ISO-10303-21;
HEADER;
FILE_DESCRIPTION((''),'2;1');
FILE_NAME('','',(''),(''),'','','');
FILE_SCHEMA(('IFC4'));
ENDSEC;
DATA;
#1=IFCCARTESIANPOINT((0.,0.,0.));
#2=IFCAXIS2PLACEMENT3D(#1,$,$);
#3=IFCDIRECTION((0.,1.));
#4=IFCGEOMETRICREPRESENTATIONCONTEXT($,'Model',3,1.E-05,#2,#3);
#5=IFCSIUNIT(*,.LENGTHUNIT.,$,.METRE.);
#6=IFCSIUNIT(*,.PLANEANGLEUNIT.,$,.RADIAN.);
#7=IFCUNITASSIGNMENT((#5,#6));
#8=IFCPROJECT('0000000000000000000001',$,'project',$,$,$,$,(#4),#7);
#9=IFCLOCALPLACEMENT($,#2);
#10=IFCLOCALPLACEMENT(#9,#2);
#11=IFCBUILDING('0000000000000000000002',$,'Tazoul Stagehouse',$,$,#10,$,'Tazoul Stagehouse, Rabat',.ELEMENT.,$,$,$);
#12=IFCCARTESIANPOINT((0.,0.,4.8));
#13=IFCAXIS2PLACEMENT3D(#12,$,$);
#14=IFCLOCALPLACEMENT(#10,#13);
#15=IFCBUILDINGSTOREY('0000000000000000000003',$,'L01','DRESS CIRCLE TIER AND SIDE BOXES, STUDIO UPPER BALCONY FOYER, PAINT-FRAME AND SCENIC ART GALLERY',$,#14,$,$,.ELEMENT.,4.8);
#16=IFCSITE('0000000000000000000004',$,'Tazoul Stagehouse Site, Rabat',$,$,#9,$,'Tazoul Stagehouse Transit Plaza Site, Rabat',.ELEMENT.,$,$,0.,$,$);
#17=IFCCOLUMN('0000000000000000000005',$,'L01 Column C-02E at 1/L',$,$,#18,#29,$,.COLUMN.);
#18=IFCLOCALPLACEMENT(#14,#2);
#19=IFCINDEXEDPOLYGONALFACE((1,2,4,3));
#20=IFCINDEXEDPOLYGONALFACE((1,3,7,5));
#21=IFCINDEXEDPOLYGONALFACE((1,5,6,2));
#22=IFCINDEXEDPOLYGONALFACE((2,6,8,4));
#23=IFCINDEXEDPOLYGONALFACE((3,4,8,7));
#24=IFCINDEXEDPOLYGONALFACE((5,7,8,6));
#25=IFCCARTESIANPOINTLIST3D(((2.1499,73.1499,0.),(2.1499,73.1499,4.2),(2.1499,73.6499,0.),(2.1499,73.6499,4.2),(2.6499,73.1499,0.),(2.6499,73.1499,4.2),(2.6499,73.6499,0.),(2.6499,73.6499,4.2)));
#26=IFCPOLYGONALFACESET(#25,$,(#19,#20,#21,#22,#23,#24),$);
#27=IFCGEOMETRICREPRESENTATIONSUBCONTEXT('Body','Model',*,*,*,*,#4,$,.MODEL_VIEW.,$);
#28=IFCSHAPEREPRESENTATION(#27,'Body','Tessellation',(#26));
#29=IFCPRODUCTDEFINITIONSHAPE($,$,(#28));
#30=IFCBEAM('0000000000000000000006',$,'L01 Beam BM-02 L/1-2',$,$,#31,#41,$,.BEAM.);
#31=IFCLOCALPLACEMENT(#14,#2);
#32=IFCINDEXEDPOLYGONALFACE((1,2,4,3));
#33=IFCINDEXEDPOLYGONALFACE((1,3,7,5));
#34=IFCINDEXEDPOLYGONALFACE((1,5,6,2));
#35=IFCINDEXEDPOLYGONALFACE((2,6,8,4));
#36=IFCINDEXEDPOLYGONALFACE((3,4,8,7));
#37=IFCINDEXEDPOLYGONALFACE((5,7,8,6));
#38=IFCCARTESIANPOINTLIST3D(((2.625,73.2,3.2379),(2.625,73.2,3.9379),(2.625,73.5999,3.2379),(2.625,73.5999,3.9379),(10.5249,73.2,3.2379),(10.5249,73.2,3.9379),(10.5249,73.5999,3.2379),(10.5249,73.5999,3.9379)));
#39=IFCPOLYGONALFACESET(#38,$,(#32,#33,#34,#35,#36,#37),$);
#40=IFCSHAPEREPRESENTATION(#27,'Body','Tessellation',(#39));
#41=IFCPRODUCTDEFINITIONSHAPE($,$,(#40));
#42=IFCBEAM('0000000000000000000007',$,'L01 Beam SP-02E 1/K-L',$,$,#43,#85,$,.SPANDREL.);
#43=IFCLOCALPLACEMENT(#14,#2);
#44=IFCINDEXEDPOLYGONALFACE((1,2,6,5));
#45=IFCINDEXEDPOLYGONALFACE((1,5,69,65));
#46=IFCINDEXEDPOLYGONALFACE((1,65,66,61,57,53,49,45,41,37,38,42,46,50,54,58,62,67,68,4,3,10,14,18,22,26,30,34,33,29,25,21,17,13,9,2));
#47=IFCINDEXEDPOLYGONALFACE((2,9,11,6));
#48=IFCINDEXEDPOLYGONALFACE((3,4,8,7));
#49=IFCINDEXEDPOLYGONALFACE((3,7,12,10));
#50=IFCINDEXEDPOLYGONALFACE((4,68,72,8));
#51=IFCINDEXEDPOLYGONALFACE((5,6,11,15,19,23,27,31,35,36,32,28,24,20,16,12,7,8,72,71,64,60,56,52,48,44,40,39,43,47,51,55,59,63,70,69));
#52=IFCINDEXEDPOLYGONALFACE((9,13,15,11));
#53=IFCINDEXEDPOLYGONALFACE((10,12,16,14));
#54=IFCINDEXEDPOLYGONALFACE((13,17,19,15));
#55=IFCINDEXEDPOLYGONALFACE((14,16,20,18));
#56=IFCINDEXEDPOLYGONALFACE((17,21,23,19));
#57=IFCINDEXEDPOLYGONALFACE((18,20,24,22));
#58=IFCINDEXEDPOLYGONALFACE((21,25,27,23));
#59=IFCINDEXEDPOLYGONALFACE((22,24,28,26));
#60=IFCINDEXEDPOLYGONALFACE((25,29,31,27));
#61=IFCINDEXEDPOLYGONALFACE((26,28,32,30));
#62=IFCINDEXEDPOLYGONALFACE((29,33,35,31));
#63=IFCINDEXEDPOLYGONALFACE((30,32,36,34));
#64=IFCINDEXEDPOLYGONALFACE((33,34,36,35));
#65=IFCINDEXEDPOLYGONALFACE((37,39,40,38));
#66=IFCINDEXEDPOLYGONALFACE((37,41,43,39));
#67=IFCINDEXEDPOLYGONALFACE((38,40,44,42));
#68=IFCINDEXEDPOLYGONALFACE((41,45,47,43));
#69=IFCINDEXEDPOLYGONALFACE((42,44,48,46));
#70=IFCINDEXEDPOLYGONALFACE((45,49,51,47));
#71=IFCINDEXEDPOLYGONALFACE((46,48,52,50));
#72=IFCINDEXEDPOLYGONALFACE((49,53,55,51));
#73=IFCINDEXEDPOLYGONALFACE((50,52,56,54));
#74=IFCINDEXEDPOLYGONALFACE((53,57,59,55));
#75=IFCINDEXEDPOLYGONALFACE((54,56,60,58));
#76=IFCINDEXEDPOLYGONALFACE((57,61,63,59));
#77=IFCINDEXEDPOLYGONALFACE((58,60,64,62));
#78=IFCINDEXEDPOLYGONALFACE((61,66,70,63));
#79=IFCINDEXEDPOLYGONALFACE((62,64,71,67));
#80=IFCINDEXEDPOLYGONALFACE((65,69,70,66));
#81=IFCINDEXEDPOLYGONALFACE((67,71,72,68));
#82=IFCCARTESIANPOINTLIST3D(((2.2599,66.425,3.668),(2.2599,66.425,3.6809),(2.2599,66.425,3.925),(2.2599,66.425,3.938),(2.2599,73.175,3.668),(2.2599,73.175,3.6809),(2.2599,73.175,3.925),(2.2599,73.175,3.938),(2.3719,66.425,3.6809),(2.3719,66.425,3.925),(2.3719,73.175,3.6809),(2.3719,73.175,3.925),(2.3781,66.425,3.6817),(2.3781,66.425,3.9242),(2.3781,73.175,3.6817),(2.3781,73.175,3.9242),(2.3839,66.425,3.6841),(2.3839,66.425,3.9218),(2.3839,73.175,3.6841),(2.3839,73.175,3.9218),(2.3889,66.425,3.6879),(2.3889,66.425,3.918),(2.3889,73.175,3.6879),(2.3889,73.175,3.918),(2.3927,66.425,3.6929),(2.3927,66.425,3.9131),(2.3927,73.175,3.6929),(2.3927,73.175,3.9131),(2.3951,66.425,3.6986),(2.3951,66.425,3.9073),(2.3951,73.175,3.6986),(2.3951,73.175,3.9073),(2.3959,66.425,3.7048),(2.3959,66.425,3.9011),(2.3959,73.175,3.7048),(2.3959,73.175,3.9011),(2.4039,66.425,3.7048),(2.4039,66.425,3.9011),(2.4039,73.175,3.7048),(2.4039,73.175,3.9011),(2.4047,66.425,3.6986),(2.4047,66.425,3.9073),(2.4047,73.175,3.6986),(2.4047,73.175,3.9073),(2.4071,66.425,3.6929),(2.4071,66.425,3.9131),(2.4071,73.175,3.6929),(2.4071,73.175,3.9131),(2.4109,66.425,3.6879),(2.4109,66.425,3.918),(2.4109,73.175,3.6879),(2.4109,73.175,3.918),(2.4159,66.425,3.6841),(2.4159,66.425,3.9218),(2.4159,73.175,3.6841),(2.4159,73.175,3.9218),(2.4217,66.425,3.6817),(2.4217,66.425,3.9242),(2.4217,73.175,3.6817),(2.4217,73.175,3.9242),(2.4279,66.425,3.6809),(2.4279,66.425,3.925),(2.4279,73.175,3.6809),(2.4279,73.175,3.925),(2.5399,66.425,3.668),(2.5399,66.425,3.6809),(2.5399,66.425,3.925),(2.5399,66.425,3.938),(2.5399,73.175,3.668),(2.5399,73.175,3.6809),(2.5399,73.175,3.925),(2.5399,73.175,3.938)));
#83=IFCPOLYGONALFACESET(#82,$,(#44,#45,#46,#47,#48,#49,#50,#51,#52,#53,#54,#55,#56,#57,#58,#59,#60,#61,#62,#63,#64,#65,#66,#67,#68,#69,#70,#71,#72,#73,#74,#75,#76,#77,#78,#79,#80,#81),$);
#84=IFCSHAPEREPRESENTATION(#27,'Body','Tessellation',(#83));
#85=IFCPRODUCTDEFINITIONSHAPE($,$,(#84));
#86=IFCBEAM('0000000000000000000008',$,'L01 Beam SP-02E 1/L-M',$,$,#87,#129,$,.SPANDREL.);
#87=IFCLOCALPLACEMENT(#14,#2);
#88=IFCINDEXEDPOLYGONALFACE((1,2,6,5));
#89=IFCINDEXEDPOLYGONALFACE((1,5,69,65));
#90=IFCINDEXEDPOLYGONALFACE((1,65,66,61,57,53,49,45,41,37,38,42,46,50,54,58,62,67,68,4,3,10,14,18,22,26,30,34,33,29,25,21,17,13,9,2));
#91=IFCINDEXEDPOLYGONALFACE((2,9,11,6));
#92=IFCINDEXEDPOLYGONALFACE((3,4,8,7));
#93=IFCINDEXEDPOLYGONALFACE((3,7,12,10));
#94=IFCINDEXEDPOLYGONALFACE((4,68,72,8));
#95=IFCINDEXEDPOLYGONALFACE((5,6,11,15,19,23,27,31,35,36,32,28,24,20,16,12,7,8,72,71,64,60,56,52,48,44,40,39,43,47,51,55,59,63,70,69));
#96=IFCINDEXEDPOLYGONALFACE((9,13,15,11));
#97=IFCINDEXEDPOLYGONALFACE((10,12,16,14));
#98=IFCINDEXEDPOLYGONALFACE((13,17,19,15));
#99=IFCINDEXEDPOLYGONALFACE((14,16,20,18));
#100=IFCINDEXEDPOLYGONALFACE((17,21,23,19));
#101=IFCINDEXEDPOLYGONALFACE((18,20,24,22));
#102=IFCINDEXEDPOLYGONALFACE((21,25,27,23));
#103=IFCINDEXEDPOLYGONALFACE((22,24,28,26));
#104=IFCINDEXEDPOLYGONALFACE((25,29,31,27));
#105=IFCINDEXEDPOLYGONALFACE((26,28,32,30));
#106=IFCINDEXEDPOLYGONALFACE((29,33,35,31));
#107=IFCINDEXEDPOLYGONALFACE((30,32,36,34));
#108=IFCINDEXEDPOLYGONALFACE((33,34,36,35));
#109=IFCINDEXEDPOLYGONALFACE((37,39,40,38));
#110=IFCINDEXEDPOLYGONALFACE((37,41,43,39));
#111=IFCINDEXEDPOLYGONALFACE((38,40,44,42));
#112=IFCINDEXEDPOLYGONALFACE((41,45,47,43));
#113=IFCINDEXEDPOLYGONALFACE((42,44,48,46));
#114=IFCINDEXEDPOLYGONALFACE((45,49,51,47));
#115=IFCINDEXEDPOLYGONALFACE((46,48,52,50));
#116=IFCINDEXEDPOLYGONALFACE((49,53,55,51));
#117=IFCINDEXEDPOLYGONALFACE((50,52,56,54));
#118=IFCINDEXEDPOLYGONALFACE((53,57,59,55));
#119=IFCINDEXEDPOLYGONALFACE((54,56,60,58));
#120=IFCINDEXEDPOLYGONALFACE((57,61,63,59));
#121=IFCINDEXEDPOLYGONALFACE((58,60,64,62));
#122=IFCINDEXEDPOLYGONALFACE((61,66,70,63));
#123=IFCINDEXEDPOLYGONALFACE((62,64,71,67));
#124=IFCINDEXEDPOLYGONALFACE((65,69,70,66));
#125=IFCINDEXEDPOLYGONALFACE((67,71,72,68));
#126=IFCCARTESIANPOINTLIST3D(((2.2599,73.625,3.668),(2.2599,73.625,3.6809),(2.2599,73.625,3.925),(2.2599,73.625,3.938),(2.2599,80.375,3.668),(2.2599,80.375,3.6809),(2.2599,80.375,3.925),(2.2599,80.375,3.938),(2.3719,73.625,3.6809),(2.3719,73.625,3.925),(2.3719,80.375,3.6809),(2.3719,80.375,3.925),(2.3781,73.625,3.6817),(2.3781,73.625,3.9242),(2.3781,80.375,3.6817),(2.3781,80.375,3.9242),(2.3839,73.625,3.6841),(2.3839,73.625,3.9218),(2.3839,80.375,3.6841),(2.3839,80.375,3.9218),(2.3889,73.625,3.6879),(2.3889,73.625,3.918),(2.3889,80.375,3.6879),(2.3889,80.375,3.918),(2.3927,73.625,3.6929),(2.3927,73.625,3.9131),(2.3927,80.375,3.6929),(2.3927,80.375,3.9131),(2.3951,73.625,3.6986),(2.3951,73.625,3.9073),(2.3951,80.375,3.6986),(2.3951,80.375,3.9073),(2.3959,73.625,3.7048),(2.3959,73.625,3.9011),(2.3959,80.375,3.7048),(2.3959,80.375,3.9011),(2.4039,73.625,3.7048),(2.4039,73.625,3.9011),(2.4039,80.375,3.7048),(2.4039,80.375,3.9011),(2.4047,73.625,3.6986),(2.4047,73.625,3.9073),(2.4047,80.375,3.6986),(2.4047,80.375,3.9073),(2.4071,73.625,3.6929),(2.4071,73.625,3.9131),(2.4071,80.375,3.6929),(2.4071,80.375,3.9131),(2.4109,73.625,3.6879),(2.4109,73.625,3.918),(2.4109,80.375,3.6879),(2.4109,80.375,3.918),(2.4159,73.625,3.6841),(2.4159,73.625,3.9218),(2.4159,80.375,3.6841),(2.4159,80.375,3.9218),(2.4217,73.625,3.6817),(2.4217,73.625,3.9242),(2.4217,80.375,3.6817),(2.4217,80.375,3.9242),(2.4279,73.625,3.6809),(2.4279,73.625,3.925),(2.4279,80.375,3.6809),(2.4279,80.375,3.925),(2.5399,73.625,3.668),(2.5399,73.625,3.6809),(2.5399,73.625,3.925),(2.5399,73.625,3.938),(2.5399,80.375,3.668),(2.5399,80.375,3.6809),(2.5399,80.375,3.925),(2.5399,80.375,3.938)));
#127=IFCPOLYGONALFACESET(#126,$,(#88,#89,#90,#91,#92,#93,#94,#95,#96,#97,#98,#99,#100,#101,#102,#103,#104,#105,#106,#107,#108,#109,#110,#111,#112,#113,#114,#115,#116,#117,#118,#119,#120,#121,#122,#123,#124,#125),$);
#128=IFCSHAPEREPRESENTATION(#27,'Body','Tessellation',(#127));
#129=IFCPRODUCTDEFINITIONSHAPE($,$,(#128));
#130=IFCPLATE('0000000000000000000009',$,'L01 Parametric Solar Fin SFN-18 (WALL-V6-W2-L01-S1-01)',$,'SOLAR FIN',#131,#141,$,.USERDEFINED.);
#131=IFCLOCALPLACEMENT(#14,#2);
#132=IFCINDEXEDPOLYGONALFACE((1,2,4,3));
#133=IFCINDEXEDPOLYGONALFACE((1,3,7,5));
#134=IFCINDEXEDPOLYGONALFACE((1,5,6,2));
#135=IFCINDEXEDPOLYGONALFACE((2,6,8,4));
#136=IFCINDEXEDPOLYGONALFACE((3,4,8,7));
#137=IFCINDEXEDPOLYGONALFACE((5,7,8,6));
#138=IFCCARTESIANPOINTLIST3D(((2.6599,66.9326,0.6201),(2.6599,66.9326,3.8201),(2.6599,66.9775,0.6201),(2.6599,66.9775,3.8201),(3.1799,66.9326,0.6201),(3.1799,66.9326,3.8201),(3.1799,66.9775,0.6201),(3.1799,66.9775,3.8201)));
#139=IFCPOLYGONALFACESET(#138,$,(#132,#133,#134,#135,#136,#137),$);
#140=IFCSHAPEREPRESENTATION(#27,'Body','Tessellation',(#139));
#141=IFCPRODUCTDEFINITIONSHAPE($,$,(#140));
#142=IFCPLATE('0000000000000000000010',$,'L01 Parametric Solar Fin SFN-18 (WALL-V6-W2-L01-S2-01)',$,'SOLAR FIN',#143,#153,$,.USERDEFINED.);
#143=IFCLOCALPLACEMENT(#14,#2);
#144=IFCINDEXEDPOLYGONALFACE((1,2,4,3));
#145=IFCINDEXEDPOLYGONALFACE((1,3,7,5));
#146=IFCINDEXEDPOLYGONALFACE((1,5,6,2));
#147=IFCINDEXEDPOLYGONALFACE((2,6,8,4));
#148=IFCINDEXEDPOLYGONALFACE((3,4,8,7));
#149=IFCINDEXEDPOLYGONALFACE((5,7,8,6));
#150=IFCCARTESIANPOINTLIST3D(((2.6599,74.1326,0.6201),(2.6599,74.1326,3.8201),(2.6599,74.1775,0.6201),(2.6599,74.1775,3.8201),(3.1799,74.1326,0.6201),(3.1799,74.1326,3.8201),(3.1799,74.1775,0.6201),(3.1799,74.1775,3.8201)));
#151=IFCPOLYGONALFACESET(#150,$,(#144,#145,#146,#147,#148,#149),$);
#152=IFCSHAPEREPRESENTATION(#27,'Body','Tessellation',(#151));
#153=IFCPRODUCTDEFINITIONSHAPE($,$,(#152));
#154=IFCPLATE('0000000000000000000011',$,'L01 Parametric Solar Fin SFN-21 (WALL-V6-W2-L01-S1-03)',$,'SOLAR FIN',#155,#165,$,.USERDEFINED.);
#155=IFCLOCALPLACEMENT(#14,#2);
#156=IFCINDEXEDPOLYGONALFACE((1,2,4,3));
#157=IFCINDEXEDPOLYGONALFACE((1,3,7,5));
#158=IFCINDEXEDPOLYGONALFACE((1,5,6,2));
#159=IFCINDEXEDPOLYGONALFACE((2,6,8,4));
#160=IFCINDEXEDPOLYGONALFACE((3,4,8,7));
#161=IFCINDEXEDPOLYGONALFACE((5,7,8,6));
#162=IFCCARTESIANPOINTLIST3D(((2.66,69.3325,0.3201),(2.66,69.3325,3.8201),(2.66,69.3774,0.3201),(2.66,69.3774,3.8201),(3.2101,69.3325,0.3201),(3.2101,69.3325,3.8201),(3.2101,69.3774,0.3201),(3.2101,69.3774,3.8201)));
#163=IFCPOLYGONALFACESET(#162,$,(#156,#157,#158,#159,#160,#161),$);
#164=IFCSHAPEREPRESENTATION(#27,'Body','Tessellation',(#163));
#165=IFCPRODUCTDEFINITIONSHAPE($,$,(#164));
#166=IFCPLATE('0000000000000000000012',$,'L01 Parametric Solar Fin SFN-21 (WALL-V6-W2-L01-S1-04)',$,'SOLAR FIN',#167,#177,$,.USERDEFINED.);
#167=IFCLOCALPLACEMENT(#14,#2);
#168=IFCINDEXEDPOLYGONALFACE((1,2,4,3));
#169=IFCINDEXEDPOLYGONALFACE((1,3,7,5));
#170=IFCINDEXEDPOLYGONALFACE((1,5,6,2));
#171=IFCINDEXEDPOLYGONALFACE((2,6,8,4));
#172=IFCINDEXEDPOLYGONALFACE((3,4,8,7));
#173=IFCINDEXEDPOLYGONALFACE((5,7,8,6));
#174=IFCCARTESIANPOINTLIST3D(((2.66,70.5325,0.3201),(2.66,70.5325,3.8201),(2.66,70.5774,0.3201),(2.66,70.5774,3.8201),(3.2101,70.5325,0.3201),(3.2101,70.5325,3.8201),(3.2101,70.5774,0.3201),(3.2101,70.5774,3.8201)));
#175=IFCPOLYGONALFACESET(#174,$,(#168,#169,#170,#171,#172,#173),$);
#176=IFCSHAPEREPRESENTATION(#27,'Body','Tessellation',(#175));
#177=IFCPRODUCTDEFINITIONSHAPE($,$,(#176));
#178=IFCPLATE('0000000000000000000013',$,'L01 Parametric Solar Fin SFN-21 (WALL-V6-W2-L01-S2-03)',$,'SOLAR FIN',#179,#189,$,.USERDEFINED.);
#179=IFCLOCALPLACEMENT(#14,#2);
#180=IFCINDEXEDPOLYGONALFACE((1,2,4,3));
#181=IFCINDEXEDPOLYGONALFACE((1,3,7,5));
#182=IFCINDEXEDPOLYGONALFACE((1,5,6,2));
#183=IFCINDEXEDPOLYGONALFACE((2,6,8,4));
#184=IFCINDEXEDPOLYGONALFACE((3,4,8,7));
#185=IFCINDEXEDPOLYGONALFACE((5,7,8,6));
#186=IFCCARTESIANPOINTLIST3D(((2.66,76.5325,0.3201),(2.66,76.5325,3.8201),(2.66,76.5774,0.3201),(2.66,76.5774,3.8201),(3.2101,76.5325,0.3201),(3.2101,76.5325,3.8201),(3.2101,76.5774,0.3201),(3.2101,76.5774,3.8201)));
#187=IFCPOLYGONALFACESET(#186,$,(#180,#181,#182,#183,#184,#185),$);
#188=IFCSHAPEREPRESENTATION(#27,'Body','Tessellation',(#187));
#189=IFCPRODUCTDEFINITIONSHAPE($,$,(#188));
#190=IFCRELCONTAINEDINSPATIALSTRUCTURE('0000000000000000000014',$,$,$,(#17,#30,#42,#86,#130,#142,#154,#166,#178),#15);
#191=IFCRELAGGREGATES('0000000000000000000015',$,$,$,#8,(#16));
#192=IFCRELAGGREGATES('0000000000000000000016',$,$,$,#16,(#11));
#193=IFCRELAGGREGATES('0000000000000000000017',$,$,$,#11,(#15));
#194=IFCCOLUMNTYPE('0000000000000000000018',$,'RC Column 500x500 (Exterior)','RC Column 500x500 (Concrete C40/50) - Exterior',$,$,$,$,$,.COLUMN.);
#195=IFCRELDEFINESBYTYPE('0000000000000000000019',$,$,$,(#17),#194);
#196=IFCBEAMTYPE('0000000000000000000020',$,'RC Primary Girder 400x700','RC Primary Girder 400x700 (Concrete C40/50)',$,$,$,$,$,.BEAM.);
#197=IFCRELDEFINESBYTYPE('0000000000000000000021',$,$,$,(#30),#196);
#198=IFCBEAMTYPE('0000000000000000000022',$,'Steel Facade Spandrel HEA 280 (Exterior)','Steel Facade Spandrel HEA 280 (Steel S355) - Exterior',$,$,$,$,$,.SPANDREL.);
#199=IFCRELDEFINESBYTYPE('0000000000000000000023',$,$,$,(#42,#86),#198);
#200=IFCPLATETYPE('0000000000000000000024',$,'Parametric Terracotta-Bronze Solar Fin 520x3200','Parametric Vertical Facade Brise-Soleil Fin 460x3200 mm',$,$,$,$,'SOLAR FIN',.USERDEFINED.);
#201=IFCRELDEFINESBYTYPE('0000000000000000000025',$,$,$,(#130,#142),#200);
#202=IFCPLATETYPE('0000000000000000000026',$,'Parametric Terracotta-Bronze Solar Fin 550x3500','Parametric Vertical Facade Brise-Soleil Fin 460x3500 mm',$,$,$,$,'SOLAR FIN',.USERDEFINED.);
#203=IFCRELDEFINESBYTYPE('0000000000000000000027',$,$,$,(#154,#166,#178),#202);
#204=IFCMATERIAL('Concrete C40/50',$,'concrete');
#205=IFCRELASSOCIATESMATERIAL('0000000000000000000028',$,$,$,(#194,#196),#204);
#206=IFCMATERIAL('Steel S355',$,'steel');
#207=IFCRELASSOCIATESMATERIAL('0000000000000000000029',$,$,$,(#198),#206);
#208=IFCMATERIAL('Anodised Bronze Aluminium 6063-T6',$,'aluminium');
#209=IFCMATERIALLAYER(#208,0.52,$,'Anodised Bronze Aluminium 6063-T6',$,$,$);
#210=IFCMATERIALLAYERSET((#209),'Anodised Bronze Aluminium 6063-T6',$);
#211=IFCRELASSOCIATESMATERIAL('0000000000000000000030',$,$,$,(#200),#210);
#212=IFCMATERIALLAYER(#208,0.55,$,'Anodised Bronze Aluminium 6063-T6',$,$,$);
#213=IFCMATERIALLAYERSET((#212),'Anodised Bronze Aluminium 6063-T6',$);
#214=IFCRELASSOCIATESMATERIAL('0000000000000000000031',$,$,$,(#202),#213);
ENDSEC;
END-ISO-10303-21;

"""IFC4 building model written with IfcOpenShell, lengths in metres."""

from ifc_helpers import new_model, si_unit, direction, frame, origin, origin_2d, place, context, subcontext, project, spatial, rectangle, i_section, extrude, material, layer, layer_set, material_profile, profile_set, type_object, element, save


model = new_model("IFC4")

# Units and contexts
model_context = context("Model", 3, precision=1e-05, world=origin(), true_north=direction((0.0, 1.0)))
body_context = subcontext(model_context, "Body", "Model", "MODEL_VIEW")
ifc_project = project(units=[si_unit("LENGTHUNIT", "METRE"), si_unit("PLANEANGLEUNIT", "RADIAN")], contexts=[model_context])

# Site, building, storey
site_placement = place(None, origin())
site = spatial("IfcSite", under=ifc_project, at=site_placement, Name="Tazoul Stagehouse Site, Rabat", LongName="Tazoul Stagehouse Transit Plaza Site, Rabat", CompositionType="ELEMENT", RefElevation=0.0)
building_placement = place(site_placement, origin())
building = spatial("IfcBuilding", under=site, at=building_placement, Name="Tazoul Stagehouse", LongName="Tazoul Stagehouse, Rabat", CompositionType="ELEMENT")
storey_placement = place(building_placement, frame((0.0, 0.0, 4.8)))
storey = spatial("IfcBuildingStorey", under=building, at=storey_placement, Name="L01", Description="DRESS CIRCLE TIER AND SIDE BOXES, STUDIO UPPER BALCONY FOYER, PAINT-FRAME AND SCENIC ART GALLERY", CompositionType="ELEMENT", Elevation=4.8)

# Column
ifc_material_1 = material(Name="Concrete C40/50", Category="concrete")
ifc_material_profile_1 = material_profile(ifc_material_1, rectangle(XDim=0.5, YDim=0.5, at=origin_2d()), Name="RC 500x500")
ifc_profile_set_1 = profile_set([ifc_material_profile_1], Name="Concrete C40/50")
column_type = type_object("IfcColumnType", Name="RC Column 500x500 (Exterior)", Description="RC Column 500x500 (Concrete C40/50) - Exterior", PredefinedType="COLUMN", material=ifc_profile_set_1)
column_placement = place(storey_placement, frame((2.3999, 73.3999, 0.0), z_axis=(0.0, 0.0, 1.0), x_axis=(1.0, 0.0, 0.0)))
element("IfcColumn", 1, at=column_placement, inside=storey, type_object=column_type, Name="L01 Column C-02E at 1/L", PredefinedType="COLUMN", context=body_context, shape_type="SweptSolid", body=[
    extrude(rectangle(XDim=0.5, YDim=0.5, at=origin_2d()), origin(), (0.0, 0.0, 1.0), 4.2),
])

# Beams
ifc_material_profile_2 = material_profile(ifc_material_1, rectangle(XDim=0.3999, YDim=0.7, at=origin_2d()), Name="RC 400x700")
ifc_profile_set_2 = profile_set([ifc_material_profile_2], Name="Concrete C40/50")
beam_type_1 = type_object("IfcBeamType", Name="RC Primary Girder 400x700", Description="RC Primary Girder 400x700 (Concrete C40/50)", PredefinedType="BEAM", material=ifc_profile_set_2)
beam_placement = place(storey_placement, frame((2.625, 73.3999, 3.5879), z_axis=(1.0, 0.0, 0.0), x_axis=(0.0, 1.0, 0.0)))
element("IfcBeam", 2, at=beam_placement, inside=storey, type_object=beam_type_1, Name="L01 Beam BM-02 L/1-2", PredefinedType="BEAM", context=body_context, shape_type="SweptSolid", body=[
    extrude(rectangle(XDim=0.3999, YDim=0.7, at=origin_2d()), origin(), (0.0, 0.0, 1.0), 7.8999),
])
ifc_material_2 = material(Name="Steel S355", Category="steel")
ifc_material_profile_3 = material_profile(ifc_material_2, i_section(OverallWidth=0.28, OverallDepth=0.27, WebThickness=0.0081, FlangeThickness=0.0129, FilletRadius=0.0239, at=origin_2d()), Name="HEA 280")
ifc_profile_set_3 = profile_set([ifc_material_profile_3], Name="Steel S355")
beam_type_2 = type_object("IfcBeamType", Name="Steel Facade Spandrel HEA 280 (Exterior)", Description="Steel Facade Spandrel HEA 280 (Steel S355) - Exterior", PredefinedType="SPANDREL", material=ifc_profile_set_3)
for number, where, z_axis, x_axis, name in (
    (3, (2.3999, 66.425, 3.803), (0.0, 1.0, 0.0), (-1.0, 0.0, 0.0), "L01 Beam SP-02E 1/K-L"),
    (4, (2.3999, 73.625, 3.803), (0.0, 1.0, 0.0), (-1.0, 0.0, 0.0), "L01 Beam SP-02E 1/L-M"),
):
    element("IfcBeam", number, at=place(storey_placement, frame(where, z_axis=z_axis, x_axis=x_axis)), inside=storey, type_object=beam_type_2, Name=name, PredefinedType="SPANDREL", context=body_context, shape_type="SweptSolid", body=[
        extrude(i_section(OverallWidth=0.28, OverallDepth=0.27, WebThickness=0.0081, FlangeThickness=0.0129, FilletRadius=0.0239, at=origin_2d()), origin(), (0.0, 0.0, 1.0), 6.75),
    ])

# Plates
ifc_material_3 = material(Name="Anodised Bronze Aluminium 6063-T6", Category="aluminium")
ifc_layer_1 = layer(ifc_material_3, 0.52, Name="Anodised Bronze Aluminium 6063-T6")
ifc_layer_set_1 = layer_set([ifc_layer_1], Name="Anodised Bronze Aluminium 6063-T6")
plate_type_1 = type_object("IfcPlateType", Name="Parametric Terracotta-Bronze Solar Fin 520x3200", Description="Parametric Vertical Facade Brise-Soleil Fin 460x3200 mm", ElementType="SOLAR FIN", PredefinedType="USERDEFINED", material=ifc_layer_set_1)
for number, where, z_axis, x_axis, name in (
    (5, (2.9199, 66.9551, 0.6201), (0.0, 0.0, 1.0), (0.0, 1.0, 0.0), "L01 Parametric Solar Fin SFN-18 (WALL-V6-W2-L01-S1-01)"),
    (6, (2.9199, 74.155, 0.6201), (0.0, 0.0, 1.0), (0.0, 1.0, 0.0), "L01 Parametric Solar Fin SFN-18 (WALL-V6-W2-L01-S2-01)"),
):
    element("IfcPlate", number, at=place(storey_placement, frame(where, z_axis=z_axis, x_axis=x_axis)), inside=storey, type_object=plate_type_1, Name=name, ObjectType="SOLAR FIN", PredefinedType="USERDEFINED", context=body_context, shape_type="SweptSolid", body=[
        extrude(rectangle(XDim=0.0449, YDim=0.52, at=origin_2d()), origin(), (0.0, 0.0, 1.0), 3.2),
    ])
ifc_layer_2 = layer(ifc_material_3, 0.55, Name="Anodised Bronze Aluminium 6063-T6")
ifc_layer_set_2 = layer_set([ifc_layer_2], Name="Anodised Bronze Aluminium 6063-T6")
plate_type_2 = type_object("IfcPlateType", Name="Parametric Terracotta-Bronze Solar Fin 550x3500", Description="Parametric Vertical Facade Brise-Soleil Fin 460x3500 mm", ElementType="SOLAR FIN", PredefinedType="USERDEFINED", material=ifc_layer_set_2)
for number, where, z_axis, x_axis, name in (
    (7, (2.9351, 69.355, 0.3201), (0.0, 0.0, 1.0), (0.0, 1.0, 0.0), "L01 Parametric Solar Fin SFN-21 (WALL-V6-W2-L01-S1-03)"),
    (8, (2.9351, 70.5549, 0.3201), (0.0, 0.0, 1.0), (0.0, 1.0, 0.0), "L01 Parametric Solar Fin SFN-21 (WALL-V6-W2-L01-S1-04)"),
    (9, (2.9351, 76.5549, 0.3201), (0.0, 0.0, 1.0), (0.0, 1.0, 0.0), "L01 Parametric Solar Fin SFN-21 (WALL-V6-W2-L01-S2-03)"),
):
    element("IfcPlate", number, at=place(storey_placement, frame(where, z_axis=z_axis, x_axis=x_axis)), inside=storey, type_object=plate_type_2, Name=name, ObjectType="SOLAR FIN", PredefinedType="USERDEFINED", context=body_context, shape_type="SweptSolid", body=[
        extrude(rectangle(XDim=0.0449, YDim=0.55, at=origin_2d()), origin(), (0.0, 0.0, 1.0), 3.5),
    ])

save(model, "model.ifc")
